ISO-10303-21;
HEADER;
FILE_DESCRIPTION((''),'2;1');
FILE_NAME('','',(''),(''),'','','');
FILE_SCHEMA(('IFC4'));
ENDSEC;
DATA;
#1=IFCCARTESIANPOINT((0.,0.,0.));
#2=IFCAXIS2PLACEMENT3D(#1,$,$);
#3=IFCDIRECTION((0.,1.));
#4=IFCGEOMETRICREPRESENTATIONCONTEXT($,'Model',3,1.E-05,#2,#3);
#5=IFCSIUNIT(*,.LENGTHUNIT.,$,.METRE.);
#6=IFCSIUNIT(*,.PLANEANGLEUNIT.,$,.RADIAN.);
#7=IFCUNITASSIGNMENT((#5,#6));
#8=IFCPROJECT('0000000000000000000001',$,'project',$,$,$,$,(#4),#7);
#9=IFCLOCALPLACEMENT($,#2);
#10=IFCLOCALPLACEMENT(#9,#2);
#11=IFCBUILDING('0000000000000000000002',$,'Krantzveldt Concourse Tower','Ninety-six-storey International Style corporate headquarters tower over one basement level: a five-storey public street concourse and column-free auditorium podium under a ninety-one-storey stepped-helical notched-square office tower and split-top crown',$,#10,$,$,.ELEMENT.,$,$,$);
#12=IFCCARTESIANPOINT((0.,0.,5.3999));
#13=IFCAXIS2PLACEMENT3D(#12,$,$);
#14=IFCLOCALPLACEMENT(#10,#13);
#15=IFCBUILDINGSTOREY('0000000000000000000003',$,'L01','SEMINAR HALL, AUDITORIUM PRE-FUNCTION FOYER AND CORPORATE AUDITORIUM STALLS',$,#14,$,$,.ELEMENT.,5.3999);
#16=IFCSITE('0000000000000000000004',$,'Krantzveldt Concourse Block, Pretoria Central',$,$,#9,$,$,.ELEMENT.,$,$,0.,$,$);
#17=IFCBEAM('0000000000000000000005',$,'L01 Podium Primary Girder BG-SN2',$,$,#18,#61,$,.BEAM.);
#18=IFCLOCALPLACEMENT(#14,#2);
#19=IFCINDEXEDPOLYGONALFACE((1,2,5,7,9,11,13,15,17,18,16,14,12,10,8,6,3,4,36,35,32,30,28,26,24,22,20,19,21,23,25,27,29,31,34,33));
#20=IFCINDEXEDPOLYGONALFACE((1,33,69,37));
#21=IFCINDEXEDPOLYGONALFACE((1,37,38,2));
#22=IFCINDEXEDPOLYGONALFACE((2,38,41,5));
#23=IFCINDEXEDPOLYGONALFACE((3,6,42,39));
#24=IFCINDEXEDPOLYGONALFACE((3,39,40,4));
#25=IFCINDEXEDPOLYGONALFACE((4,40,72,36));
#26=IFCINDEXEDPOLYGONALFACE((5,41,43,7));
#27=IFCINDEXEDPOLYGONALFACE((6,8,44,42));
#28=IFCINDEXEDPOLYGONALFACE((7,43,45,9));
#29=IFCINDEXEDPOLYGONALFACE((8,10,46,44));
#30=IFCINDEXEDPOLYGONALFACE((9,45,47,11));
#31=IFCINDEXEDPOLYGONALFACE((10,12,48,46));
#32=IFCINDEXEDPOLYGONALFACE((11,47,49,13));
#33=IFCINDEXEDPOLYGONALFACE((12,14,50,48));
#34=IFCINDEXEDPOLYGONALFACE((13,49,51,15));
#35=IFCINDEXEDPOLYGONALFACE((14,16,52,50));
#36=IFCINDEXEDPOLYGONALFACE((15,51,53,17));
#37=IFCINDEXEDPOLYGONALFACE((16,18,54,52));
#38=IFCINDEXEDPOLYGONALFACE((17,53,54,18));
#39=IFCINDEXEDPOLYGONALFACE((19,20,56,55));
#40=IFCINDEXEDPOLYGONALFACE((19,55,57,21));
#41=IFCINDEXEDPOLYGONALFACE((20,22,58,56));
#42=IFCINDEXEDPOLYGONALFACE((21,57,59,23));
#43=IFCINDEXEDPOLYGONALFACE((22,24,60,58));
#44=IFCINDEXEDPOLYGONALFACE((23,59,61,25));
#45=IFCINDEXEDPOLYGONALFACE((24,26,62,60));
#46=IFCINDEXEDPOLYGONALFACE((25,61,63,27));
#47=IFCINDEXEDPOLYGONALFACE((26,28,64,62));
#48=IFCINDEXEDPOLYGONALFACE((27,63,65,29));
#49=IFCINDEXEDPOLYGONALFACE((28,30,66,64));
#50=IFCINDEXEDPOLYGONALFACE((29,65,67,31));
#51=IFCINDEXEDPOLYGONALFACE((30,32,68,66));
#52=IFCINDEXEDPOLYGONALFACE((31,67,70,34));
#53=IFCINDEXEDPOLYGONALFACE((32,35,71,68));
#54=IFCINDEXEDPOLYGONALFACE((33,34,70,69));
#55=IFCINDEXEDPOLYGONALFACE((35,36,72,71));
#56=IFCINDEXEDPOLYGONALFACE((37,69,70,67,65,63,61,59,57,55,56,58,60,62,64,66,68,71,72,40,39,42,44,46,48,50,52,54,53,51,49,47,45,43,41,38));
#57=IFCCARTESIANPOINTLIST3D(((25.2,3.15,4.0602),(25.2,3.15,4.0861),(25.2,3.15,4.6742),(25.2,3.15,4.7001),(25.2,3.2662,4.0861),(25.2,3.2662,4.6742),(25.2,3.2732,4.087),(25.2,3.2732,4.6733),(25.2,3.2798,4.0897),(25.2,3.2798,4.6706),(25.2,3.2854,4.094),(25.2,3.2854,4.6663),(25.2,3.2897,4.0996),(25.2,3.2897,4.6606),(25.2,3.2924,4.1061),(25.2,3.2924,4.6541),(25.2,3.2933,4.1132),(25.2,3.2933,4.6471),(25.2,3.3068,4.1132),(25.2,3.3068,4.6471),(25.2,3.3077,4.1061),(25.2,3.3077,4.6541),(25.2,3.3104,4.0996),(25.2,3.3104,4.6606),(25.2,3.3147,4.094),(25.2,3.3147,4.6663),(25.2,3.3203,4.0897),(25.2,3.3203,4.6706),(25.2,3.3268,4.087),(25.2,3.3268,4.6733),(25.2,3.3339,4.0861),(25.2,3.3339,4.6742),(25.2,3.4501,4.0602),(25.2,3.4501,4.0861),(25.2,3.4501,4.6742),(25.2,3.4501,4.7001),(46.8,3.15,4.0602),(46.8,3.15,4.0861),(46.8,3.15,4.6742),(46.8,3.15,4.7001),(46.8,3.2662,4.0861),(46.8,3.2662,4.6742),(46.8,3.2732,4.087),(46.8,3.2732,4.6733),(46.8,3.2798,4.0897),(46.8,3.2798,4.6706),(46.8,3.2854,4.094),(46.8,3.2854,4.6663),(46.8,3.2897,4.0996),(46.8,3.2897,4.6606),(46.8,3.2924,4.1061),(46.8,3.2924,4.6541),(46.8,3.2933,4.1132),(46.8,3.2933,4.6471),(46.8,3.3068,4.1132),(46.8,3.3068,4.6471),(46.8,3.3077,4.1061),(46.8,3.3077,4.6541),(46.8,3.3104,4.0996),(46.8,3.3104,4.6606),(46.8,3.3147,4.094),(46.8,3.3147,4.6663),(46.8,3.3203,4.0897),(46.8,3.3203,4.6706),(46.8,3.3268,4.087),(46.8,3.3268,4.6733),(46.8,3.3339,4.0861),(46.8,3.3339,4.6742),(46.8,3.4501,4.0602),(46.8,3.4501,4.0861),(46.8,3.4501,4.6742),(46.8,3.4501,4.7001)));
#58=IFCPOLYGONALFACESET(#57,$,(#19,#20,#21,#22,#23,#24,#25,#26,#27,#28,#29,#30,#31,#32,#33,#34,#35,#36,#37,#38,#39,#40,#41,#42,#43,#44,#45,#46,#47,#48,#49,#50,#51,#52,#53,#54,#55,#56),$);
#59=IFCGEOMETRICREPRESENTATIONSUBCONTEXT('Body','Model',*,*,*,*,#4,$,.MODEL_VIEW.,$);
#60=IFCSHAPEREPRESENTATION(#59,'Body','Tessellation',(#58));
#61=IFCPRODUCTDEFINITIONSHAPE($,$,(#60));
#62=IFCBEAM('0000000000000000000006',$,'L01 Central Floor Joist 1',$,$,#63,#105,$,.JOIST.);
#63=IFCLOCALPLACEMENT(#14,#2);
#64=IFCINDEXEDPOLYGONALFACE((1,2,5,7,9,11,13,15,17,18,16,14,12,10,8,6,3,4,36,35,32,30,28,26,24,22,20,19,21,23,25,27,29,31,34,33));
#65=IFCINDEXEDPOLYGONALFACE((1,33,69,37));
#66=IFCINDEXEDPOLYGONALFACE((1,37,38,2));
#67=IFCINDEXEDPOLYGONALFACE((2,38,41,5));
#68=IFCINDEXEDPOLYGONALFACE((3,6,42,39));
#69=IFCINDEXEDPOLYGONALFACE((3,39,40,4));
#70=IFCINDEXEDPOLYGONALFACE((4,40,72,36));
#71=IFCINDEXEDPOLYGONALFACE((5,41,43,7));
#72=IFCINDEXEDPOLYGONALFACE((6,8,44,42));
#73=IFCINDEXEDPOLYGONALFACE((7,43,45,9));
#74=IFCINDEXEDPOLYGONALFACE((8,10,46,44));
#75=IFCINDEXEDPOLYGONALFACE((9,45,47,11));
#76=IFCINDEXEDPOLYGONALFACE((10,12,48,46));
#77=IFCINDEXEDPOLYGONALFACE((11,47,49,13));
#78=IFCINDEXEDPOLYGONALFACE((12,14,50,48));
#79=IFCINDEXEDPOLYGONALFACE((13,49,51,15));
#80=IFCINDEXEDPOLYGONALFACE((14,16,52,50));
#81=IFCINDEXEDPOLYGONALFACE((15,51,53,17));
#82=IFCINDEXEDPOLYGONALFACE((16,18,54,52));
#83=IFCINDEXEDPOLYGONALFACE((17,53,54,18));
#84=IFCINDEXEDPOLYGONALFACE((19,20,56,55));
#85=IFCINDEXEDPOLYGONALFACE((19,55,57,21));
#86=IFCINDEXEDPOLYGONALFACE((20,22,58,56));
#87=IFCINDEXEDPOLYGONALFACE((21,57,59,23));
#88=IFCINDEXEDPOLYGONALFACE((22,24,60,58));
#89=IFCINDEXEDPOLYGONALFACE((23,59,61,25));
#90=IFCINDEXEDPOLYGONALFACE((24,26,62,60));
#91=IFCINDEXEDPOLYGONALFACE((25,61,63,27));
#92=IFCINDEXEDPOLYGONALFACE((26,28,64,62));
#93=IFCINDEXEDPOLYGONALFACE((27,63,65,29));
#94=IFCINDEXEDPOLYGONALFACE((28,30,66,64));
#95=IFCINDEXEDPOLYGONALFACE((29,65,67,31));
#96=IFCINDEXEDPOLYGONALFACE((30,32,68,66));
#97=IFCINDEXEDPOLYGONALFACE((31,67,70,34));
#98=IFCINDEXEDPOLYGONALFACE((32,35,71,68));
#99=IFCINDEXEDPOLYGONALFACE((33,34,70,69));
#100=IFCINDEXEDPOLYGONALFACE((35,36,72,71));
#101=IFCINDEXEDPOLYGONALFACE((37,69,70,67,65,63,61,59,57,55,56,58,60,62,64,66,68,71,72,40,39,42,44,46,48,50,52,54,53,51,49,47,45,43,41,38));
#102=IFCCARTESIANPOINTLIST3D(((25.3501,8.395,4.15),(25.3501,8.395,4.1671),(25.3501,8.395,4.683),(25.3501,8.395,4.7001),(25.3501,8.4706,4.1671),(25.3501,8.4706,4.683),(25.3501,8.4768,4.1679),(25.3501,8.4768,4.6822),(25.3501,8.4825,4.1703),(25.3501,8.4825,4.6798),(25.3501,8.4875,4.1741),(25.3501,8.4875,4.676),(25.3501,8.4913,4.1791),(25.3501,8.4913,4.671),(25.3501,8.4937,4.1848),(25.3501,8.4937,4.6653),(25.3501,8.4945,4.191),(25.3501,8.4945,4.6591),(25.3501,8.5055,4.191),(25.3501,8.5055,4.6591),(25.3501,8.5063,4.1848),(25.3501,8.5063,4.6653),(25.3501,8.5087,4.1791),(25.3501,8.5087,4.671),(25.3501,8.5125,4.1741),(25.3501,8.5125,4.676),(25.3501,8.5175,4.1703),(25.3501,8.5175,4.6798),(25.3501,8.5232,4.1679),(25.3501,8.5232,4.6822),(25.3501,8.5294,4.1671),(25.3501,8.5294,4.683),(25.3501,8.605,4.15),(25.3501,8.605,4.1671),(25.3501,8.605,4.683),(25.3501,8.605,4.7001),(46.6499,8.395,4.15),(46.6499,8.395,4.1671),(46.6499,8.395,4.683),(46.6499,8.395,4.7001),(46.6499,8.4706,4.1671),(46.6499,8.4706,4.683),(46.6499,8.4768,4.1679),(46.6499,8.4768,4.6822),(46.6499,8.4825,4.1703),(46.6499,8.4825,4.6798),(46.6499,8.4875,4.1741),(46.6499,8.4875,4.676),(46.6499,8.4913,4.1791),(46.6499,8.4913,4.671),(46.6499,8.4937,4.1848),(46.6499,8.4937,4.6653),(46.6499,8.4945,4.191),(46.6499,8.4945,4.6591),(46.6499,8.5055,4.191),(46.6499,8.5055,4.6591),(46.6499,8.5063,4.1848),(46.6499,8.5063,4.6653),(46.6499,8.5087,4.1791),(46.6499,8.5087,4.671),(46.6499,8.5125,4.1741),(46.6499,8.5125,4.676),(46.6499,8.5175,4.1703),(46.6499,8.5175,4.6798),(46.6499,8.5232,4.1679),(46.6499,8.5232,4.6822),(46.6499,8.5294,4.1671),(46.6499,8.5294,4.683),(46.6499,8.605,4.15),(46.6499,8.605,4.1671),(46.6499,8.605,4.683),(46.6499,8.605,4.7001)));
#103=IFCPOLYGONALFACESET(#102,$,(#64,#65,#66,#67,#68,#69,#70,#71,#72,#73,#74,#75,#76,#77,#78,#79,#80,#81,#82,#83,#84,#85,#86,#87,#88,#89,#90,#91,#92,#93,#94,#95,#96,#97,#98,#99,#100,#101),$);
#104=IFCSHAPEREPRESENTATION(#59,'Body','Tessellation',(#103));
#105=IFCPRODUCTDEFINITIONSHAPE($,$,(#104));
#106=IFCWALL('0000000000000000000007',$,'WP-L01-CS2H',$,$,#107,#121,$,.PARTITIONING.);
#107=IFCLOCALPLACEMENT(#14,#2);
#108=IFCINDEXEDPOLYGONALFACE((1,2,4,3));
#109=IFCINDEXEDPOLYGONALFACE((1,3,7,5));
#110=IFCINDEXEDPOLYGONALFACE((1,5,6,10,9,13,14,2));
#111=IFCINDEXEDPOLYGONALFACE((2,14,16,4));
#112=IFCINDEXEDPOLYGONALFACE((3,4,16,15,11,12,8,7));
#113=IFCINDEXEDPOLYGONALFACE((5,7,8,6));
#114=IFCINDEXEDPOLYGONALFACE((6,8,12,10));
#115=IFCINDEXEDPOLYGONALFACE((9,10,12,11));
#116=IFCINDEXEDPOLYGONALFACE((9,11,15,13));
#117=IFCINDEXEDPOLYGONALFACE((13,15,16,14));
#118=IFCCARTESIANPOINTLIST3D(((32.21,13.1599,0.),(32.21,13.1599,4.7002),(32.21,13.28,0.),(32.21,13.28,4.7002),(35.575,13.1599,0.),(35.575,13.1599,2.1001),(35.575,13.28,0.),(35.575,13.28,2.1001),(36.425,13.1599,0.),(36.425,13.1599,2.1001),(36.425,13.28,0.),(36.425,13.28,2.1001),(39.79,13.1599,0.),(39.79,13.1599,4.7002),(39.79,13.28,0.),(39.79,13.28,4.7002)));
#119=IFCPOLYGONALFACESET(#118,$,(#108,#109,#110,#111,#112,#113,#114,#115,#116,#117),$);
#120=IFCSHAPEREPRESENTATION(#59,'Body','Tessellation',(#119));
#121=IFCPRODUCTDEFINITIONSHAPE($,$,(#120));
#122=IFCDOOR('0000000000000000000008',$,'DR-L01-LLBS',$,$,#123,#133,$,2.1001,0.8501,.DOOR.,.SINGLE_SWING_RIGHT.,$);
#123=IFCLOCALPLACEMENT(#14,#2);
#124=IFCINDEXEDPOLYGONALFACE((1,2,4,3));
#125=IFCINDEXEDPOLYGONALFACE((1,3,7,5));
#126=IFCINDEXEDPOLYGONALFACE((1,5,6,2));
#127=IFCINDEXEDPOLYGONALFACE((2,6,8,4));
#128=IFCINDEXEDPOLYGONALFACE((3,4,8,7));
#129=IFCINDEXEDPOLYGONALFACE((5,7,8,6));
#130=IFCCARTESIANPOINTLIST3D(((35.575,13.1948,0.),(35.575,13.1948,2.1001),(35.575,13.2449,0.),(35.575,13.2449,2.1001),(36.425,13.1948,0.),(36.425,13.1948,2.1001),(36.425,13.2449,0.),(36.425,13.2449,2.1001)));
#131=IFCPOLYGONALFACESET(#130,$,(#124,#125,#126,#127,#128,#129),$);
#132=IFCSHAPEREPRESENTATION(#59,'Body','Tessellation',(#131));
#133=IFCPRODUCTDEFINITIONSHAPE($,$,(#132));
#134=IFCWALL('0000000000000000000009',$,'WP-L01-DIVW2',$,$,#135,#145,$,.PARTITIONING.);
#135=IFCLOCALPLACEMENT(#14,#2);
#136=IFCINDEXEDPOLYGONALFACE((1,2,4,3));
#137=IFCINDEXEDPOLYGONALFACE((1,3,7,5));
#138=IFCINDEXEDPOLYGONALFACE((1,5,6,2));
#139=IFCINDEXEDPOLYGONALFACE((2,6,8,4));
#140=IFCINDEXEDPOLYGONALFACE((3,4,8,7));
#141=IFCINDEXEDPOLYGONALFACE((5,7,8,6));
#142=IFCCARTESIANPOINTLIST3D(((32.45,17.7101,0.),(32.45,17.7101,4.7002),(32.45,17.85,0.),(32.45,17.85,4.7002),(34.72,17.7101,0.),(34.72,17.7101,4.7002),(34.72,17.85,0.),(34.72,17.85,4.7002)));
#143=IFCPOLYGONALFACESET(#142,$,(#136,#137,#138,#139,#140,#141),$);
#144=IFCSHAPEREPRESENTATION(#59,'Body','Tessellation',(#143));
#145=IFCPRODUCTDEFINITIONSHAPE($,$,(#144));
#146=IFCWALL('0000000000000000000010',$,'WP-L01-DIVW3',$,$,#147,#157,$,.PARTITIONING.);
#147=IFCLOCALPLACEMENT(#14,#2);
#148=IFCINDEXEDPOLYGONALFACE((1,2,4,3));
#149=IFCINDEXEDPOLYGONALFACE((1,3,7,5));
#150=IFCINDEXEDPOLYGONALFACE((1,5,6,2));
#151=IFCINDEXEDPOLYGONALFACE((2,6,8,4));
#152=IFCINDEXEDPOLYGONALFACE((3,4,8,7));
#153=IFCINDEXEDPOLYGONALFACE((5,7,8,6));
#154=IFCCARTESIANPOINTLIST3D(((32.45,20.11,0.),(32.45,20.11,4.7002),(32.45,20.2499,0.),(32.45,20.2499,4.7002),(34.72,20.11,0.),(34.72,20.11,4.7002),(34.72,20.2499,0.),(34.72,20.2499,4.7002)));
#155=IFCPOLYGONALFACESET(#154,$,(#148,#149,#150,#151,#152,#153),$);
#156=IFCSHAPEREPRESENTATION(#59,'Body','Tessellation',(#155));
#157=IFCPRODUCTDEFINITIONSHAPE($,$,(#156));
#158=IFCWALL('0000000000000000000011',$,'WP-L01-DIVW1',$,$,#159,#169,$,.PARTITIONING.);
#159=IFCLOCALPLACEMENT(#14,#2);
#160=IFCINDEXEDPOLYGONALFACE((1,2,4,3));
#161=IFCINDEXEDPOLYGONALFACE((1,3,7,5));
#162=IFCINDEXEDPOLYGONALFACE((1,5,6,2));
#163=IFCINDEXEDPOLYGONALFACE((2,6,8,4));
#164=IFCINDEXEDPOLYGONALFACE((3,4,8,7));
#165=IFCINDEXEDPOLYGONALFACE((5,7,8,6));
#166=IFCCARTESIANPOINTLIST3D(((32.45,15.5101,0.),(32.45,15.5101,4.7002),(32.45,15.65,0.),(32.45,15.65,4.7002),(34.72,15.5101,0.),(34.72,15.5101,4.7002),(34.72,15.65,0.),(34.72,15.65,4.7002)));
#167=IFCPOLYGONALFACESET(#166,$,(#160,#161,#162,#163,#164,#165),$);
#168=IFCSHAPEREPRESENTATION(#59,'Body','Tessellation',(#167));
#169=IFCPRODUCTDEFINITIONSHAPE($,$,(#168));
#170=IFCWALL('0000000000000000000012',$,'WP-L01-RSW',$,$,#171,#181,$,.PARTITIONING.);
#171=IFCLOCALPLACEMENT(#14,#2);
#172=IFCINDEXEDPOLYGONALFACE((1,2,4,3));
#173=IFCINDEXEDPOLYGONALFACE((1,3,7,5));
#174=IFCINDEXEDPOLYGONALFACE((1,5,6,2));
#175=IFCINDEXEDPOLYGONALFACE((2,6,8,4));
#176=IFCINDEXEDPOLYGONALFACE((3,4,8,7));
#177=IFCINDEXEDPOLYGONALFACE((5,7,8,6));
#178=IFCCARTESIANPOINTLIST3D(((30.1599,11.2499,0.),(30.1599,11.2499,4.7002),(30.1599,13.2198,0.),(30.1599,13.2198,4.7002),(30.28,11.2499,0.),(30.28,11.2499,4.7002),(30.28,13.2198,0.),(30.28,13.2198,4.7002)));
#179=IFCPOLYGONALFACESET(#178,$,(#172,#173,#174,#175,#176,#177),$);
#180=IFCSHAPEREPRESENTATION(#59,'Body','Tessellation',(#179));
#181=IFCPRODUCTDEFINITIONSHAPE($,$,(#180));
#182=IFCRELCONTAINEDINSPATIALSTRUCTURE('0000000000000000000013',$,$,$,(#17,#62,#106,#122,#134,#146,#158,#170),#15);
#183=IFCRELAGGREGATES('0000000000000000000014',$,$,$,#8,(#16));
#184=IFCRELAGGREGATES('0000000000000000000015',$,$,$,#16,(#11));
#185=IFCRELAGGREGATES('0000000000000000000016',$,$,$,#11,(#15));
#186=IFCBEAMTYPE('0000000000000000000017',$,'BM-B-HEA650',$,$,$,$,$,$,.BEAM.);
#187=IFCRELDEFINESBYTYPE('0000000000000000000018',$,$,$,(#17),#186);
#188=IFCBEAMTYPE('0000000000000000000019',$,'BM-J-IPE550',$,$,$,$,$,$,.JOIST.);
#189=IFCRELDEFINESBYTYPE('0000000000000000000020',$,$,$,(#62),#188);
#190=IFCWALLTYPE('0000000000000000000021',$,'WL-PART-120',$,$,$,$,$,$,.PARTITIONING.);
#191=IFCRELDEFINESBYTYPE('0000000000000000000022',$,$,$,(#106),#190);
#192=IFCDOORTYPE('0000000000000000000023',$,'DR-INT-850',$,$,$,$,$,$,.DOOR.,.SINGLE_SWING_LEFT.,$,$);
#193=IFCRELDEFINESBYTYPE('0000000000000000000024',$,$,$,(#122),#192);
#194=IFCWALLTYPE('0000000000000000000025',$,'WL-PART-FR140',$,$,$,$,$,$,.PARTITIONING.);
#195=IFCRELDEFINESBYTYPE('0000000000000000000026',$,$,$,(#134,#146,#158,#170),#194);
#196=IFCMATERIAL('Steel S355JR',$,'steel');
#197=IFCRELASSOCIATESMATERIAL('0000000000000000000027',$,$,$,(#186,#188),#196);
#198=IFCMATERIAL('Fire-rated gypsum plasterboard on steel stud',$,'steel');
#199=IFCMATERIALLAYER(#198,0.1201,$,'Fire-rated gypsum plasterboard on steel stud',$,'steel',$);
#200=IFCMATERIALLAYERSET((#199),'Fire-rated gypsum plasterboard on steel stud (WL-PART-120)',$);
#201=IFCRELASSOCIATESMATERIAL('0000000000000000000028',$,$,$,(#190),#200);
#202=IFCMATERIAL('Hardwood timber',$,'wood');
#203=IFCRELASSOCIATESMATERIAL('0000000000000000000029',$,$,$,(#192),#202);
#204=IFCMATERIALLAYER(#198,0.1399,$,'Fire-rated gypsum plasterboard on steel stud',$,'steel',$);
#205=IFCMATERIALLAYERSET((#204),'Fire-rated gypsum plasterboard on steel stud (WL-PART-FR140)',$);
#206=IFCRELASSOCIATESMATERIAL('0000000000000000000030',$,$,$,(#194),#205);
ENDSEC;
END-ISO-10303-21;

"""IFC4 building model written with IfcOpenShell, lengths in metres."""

from ifc_helpers import new_model, si_unit, direction, frame, frame_2d, origin, origin_2d, place, context, subcontext, project, spatial, rectangle, i_section, extrude, source, transform, mapped, material, layer, layer_set, material_profile, profile_set, type_object, type_shapes, element, fill, save


model = new_model("IFC4")

# Units and contexts
model_context = context("Model", 3, precision=1e-05, world=origin(), true_north=direction((0.0, 1.0)))
body_context = subcontext(model_context, "Body", "Model", "MODEL_VIEW")
ifc_project = project(units=[si_unit("LENGTHUNIT", "METRE"), si_unit("PLANEANGLEUNIT", "RADIAN")], contexts=[model_context])

# Site, building, storey
site_placement = place(None, origin())
site = spatial("IfcSite", under=ifc_project, at=site_placement, Name="Krantzveldt Concourse Block, Pretoria Central", CompositionType="ELEMENT", RefElevation=0.0)
building_placement = place(site_placement, origin())
building = spatial("IfcBuilding", under=site, at=building_placement, Name="Krantzveldt Concourse Tower", Description="Ninety-six-storey International Style corporate headquarters tower over one basement level: a five-storey public street concourse and column-free auditorium podium under a ninety-one-storey stepped-helical notched-square office tower and split-top crown", CompositionType="ELEMENT")
storey_placement = place(building_placement, frame((0.0, 0.0, 5.3999)))
storey = spatial("IfcBuildingStorey", under=building, at=storey_placement, Name="L01", Description="SEMINAR HALL, AUDITORIUM PRE-FUNCTION FOYER AND CORPORATE AUDITORIUM STALLS", CompositionType="ELEMENT", Elevation=5.3999)

# Beams
ifc_material_1 = material(Name="Steel S355JR", Category="steel")
ifc_material_profile_1 = material_profile(ifc_material_1, i_section(OverallWidth=0.3, OverallDepth=0.6399, WebThickness=0.0134, FlangeThickness=0.0259, FilletRadius=0.0271, at=origin_2d()), Name="Steel S355JR", Category="steel")
ifc_profile_set_1 = profile_set([ifc_material_profile_1], Name="Steel S355JR - HEA 650")
beam_type_1 = type_object("IfcBeamType", Name="BM-B-HEA650", PredefinedType="BEAM", material=ifc_profile_set_1)
shared_shape_1 = source(origin(), body_context, "Body", "SweptSolid", [
    extrude(i_section(OverallWidth=0.3, OverallDepth=0.6399, WebThickness=0.0134, FlangeThickness=0.0259, FilletRadius=0.0271, at=origin_2d()), origin(), (0.0, 0.0, 1.0), 21.6001),
])
type_shapes(beam_type_1, [shared_shape_1])
beam_1_placement = place(storey_placement, frame((25.2, 3.3, 4.3801), z_axis=(1.0, 0.0, 0.0), x_axis=(0.0, 1.0, 0.0)))
element("IfcBeam", 1, at=beam_1_placement, inside=storey, type_object=beam_type_1, Name="L01 Podium Primary Girder BG-SN2", PredefinedType="BEAM", context=body_context, shape_type="MappedRepresentation", body=[
    mapped(shared_shape_1, transform((0.0, 0.0, 0.0), x_axis=(1.0, 0.0, 0.0), y_axis=(0.0, 1.0, 0.0), z_axis=(0.0, 0.0, 1.0), scale=1.0)),
])
ifc_material_profile_2 = material_profile(ifc_material_1, i_section(OverallWidth=0.21, OverallDepth=0.55, WebThickness=0.011, FlangeThickness=0.0171, FilletRadius=0.0239, at=origin_2d()), Name="Steel S355JR", Category="steel")
ifc_profile_set_2 = profile_set([ifc_material_profile_2], Name="Steel S355JR - IPE 550")
beam_type_2 = type_object("IfcBeamType", Name="BM-J-IPE550", PredefinedType="JOIST", material=ifc_profile_set_2)
shared_shape_2 = source(origin(), body_context, "Body", "SweptSolid", [
    extrude(i_section(OverallWidth=0.21, OverallDepth=0.55, WebThickness=0.011, FlangeThickness=0.0171, FilletRadius=0.0239, at=origin_2d()), origin(), (0.0, 0.0, 1.0), 21.2998),
])
type_shapes(beam_type_2, [shared_shape_2])
beam_2_placement = place(storey_placement, frame((25.3501, 8.5, 4.425), z_axis=(1.0, 0.0, 0.0), x_axis=(0.0, 1.0, 0.0)))
element("IfcBeam", 2, at=beam_2_placement, inside=storey, type_object=beam_type_2, Name="L01 Central Floor Joist 1", PredefinedType="JOIST", context=body_context, shape_type="MappedRepresentation", body=[
    mapped(shared_shape_2, transform((0.0, 0.0, 0.0), x_axis=(1.0, 0.0, 0.0), y_axis=(0.0, 1.0, 0.0), z_axis=(0.0, 0.0, 1.0), scale=1.0)),
])

# Wall, opening, door
ifc_material_2 = material(Name="Fire-rated gypsum plasterboard on steel stud", Category="steel")
ifc_layer_1 = layer(ifc_material_2, 0.1201, Name="Fire-rated gypsum plasterboard on steel stud", Category="steel")
ifc_layer_set_1 = layer_set([ifc_layer_1], Name="Fire-rated gypsum plasterboard on steel stud (WL-PART-120)")
wall_type_1 = type_object("IfcWallType", Name="WL-PART-120", PredefinedType="PARTITIONING", material=ifc_layer_set_1)
wall_1_placement = place(storey_placement, frame((32.21, 13.22, 0.0), z_axis=(0.0, 0.0, 1.0), x_axis=(1.0, 0.0, 0.0)))
wall_1 = element("IfcWall", 3, at=wall_1_placement, inside=storey, type_object=wall_type_1, Name="WP-L01-CS2H", PredefinedType="PARTITIONING", context=body_context, shape_type="SweptSolid", body=[
    extrude(rectangle(XDim=7.5801, YDim=0.1201, at=frame_2d((3.79, 0.0))), origin(), (0.0, 0.0, 1.0), 4.7002),
])
opening_1_placement = place(wall_1_placement, frame((3.365, 0.0, 0.0)))
opening_1 = element("IfcOpeningElement", 4, at=opening_1_placement, cuts=wall_1, PredefinedType="OPENING", context=body_context, shape_type="SweptSolid", body=[
    extrude(rectangle(XDim=0.8501, YDim=2.1001, at=frame_2d((0.425, 1.05))), frame((0.0, 0.0701, 0.0), z_axis=(0.0, -1.0, 0.0), x_axis=(1.0, 0.0, 0.0)), (0.0, 0.0, 1.0), 0.1401),
])
ifc_material_3 = material(Name="Hardwood timber", Category="wood")
door_type_1 = type_object("IfcDoorType", Name="DR-INT-850", OperationType="SINGLE_SWING_LEFT", PredefinedType="DOOR", material=ifc_material_3)
door_1_placement = place(opening_1_placement, origin())
door_1 = element("IfcDoor", 5, at=door_1_placement, inside=storey, type_object=door_type_1, Name="DR-L01-LLBS", OperationType="SINGLE_SWING_RIGHT", OverallHeight=2.1001, OverallWidth=0.8501, PredefinedType="DOOR", context=body_context, shape_type="SweptSolid", body=[
    extrude(rectangle(XDim=0.8501, YDim=2.1001, at=frame_2d((0.425, 1.05))), frame((0.0, 0.0249, 0.0), z_axis=(0.0, -1.0, 0.0), x_axis=(1.0, 0.0, 0.0)), (0.0, 0.0, 1.0), 0.05),
])
fill(opening_1, door_1)

# Walls
ifc_layer_2 = layer(ifc_material_2, 0.1399, Name="Fire-rated gypsum plasterboard on steel stud", Category="steel")
ifc_layer_set_2 = layer_set([ifc_layer_2], Name="Fire-rated gypsum plasterboard on steel stud (WL-PART-FR140)")
wall_type_2 = type_object("IfcWallType", Name="WL-PART-FR140", PredefinedType="PARTITIONING", material=ifc_layer_set_2)
for number, where, z_axis, x_axis, name in (
    (6, (32.45, 17.78, 0.0), (0.0, 0.0, 1.0), (1.0, 0.0, 0.0), "WP-L01-DIVW2"),
    (7, (32.45, 20.1799, 0.0), (0.0, 0.0, 1.0), (1.0, 0.0, 0.0), "WP-L01-DIVW3"),
    (8, (32.45, 15.5801, 0.0), (0.0, 0.0, 1.0), (1.0, 0.0, 0.0), "WP-L01-DIVW1"),
):
    element("IfcWall", number, at=place(storey_placement, frame(where, z_axis=z_axis, x_axis=x_axis)), inside=storey, type_object=wall_type_2, Name=name, PredefinedType="PARTITIONING", context=body_context, shape_type="SweptSolid", body=[
        extrude(rectangle(XDim=2.27, YDim=0.1399, at=frame_2d((1.135, 0.0))), origin(), (0.0, 0.0, 1.0), 4.7002),
    ])
wall_2_placement = place(storey_placement, frame((30.22, 11.25, 0.0), z_axis=(0.0, 0.0, 1.0), x_axis=(0.0, 1.0, 0.0)))
element("IfcWall", 9, at=wall_2_placement, inside=storey, type_object=wall_type_2, Name="WP-L01-RSW", PredefinedType="PARTITIONING", context=body_context, shape_type="SweptSolid", body=[
    extrude(rectangle(XDim=1.97, YDim=0.1201, at=frame_2d((0.9849, 0.0))), origin(), (0.0, 0.0, 1.0), 4.7002),
])

save(model, "model.ifc")
